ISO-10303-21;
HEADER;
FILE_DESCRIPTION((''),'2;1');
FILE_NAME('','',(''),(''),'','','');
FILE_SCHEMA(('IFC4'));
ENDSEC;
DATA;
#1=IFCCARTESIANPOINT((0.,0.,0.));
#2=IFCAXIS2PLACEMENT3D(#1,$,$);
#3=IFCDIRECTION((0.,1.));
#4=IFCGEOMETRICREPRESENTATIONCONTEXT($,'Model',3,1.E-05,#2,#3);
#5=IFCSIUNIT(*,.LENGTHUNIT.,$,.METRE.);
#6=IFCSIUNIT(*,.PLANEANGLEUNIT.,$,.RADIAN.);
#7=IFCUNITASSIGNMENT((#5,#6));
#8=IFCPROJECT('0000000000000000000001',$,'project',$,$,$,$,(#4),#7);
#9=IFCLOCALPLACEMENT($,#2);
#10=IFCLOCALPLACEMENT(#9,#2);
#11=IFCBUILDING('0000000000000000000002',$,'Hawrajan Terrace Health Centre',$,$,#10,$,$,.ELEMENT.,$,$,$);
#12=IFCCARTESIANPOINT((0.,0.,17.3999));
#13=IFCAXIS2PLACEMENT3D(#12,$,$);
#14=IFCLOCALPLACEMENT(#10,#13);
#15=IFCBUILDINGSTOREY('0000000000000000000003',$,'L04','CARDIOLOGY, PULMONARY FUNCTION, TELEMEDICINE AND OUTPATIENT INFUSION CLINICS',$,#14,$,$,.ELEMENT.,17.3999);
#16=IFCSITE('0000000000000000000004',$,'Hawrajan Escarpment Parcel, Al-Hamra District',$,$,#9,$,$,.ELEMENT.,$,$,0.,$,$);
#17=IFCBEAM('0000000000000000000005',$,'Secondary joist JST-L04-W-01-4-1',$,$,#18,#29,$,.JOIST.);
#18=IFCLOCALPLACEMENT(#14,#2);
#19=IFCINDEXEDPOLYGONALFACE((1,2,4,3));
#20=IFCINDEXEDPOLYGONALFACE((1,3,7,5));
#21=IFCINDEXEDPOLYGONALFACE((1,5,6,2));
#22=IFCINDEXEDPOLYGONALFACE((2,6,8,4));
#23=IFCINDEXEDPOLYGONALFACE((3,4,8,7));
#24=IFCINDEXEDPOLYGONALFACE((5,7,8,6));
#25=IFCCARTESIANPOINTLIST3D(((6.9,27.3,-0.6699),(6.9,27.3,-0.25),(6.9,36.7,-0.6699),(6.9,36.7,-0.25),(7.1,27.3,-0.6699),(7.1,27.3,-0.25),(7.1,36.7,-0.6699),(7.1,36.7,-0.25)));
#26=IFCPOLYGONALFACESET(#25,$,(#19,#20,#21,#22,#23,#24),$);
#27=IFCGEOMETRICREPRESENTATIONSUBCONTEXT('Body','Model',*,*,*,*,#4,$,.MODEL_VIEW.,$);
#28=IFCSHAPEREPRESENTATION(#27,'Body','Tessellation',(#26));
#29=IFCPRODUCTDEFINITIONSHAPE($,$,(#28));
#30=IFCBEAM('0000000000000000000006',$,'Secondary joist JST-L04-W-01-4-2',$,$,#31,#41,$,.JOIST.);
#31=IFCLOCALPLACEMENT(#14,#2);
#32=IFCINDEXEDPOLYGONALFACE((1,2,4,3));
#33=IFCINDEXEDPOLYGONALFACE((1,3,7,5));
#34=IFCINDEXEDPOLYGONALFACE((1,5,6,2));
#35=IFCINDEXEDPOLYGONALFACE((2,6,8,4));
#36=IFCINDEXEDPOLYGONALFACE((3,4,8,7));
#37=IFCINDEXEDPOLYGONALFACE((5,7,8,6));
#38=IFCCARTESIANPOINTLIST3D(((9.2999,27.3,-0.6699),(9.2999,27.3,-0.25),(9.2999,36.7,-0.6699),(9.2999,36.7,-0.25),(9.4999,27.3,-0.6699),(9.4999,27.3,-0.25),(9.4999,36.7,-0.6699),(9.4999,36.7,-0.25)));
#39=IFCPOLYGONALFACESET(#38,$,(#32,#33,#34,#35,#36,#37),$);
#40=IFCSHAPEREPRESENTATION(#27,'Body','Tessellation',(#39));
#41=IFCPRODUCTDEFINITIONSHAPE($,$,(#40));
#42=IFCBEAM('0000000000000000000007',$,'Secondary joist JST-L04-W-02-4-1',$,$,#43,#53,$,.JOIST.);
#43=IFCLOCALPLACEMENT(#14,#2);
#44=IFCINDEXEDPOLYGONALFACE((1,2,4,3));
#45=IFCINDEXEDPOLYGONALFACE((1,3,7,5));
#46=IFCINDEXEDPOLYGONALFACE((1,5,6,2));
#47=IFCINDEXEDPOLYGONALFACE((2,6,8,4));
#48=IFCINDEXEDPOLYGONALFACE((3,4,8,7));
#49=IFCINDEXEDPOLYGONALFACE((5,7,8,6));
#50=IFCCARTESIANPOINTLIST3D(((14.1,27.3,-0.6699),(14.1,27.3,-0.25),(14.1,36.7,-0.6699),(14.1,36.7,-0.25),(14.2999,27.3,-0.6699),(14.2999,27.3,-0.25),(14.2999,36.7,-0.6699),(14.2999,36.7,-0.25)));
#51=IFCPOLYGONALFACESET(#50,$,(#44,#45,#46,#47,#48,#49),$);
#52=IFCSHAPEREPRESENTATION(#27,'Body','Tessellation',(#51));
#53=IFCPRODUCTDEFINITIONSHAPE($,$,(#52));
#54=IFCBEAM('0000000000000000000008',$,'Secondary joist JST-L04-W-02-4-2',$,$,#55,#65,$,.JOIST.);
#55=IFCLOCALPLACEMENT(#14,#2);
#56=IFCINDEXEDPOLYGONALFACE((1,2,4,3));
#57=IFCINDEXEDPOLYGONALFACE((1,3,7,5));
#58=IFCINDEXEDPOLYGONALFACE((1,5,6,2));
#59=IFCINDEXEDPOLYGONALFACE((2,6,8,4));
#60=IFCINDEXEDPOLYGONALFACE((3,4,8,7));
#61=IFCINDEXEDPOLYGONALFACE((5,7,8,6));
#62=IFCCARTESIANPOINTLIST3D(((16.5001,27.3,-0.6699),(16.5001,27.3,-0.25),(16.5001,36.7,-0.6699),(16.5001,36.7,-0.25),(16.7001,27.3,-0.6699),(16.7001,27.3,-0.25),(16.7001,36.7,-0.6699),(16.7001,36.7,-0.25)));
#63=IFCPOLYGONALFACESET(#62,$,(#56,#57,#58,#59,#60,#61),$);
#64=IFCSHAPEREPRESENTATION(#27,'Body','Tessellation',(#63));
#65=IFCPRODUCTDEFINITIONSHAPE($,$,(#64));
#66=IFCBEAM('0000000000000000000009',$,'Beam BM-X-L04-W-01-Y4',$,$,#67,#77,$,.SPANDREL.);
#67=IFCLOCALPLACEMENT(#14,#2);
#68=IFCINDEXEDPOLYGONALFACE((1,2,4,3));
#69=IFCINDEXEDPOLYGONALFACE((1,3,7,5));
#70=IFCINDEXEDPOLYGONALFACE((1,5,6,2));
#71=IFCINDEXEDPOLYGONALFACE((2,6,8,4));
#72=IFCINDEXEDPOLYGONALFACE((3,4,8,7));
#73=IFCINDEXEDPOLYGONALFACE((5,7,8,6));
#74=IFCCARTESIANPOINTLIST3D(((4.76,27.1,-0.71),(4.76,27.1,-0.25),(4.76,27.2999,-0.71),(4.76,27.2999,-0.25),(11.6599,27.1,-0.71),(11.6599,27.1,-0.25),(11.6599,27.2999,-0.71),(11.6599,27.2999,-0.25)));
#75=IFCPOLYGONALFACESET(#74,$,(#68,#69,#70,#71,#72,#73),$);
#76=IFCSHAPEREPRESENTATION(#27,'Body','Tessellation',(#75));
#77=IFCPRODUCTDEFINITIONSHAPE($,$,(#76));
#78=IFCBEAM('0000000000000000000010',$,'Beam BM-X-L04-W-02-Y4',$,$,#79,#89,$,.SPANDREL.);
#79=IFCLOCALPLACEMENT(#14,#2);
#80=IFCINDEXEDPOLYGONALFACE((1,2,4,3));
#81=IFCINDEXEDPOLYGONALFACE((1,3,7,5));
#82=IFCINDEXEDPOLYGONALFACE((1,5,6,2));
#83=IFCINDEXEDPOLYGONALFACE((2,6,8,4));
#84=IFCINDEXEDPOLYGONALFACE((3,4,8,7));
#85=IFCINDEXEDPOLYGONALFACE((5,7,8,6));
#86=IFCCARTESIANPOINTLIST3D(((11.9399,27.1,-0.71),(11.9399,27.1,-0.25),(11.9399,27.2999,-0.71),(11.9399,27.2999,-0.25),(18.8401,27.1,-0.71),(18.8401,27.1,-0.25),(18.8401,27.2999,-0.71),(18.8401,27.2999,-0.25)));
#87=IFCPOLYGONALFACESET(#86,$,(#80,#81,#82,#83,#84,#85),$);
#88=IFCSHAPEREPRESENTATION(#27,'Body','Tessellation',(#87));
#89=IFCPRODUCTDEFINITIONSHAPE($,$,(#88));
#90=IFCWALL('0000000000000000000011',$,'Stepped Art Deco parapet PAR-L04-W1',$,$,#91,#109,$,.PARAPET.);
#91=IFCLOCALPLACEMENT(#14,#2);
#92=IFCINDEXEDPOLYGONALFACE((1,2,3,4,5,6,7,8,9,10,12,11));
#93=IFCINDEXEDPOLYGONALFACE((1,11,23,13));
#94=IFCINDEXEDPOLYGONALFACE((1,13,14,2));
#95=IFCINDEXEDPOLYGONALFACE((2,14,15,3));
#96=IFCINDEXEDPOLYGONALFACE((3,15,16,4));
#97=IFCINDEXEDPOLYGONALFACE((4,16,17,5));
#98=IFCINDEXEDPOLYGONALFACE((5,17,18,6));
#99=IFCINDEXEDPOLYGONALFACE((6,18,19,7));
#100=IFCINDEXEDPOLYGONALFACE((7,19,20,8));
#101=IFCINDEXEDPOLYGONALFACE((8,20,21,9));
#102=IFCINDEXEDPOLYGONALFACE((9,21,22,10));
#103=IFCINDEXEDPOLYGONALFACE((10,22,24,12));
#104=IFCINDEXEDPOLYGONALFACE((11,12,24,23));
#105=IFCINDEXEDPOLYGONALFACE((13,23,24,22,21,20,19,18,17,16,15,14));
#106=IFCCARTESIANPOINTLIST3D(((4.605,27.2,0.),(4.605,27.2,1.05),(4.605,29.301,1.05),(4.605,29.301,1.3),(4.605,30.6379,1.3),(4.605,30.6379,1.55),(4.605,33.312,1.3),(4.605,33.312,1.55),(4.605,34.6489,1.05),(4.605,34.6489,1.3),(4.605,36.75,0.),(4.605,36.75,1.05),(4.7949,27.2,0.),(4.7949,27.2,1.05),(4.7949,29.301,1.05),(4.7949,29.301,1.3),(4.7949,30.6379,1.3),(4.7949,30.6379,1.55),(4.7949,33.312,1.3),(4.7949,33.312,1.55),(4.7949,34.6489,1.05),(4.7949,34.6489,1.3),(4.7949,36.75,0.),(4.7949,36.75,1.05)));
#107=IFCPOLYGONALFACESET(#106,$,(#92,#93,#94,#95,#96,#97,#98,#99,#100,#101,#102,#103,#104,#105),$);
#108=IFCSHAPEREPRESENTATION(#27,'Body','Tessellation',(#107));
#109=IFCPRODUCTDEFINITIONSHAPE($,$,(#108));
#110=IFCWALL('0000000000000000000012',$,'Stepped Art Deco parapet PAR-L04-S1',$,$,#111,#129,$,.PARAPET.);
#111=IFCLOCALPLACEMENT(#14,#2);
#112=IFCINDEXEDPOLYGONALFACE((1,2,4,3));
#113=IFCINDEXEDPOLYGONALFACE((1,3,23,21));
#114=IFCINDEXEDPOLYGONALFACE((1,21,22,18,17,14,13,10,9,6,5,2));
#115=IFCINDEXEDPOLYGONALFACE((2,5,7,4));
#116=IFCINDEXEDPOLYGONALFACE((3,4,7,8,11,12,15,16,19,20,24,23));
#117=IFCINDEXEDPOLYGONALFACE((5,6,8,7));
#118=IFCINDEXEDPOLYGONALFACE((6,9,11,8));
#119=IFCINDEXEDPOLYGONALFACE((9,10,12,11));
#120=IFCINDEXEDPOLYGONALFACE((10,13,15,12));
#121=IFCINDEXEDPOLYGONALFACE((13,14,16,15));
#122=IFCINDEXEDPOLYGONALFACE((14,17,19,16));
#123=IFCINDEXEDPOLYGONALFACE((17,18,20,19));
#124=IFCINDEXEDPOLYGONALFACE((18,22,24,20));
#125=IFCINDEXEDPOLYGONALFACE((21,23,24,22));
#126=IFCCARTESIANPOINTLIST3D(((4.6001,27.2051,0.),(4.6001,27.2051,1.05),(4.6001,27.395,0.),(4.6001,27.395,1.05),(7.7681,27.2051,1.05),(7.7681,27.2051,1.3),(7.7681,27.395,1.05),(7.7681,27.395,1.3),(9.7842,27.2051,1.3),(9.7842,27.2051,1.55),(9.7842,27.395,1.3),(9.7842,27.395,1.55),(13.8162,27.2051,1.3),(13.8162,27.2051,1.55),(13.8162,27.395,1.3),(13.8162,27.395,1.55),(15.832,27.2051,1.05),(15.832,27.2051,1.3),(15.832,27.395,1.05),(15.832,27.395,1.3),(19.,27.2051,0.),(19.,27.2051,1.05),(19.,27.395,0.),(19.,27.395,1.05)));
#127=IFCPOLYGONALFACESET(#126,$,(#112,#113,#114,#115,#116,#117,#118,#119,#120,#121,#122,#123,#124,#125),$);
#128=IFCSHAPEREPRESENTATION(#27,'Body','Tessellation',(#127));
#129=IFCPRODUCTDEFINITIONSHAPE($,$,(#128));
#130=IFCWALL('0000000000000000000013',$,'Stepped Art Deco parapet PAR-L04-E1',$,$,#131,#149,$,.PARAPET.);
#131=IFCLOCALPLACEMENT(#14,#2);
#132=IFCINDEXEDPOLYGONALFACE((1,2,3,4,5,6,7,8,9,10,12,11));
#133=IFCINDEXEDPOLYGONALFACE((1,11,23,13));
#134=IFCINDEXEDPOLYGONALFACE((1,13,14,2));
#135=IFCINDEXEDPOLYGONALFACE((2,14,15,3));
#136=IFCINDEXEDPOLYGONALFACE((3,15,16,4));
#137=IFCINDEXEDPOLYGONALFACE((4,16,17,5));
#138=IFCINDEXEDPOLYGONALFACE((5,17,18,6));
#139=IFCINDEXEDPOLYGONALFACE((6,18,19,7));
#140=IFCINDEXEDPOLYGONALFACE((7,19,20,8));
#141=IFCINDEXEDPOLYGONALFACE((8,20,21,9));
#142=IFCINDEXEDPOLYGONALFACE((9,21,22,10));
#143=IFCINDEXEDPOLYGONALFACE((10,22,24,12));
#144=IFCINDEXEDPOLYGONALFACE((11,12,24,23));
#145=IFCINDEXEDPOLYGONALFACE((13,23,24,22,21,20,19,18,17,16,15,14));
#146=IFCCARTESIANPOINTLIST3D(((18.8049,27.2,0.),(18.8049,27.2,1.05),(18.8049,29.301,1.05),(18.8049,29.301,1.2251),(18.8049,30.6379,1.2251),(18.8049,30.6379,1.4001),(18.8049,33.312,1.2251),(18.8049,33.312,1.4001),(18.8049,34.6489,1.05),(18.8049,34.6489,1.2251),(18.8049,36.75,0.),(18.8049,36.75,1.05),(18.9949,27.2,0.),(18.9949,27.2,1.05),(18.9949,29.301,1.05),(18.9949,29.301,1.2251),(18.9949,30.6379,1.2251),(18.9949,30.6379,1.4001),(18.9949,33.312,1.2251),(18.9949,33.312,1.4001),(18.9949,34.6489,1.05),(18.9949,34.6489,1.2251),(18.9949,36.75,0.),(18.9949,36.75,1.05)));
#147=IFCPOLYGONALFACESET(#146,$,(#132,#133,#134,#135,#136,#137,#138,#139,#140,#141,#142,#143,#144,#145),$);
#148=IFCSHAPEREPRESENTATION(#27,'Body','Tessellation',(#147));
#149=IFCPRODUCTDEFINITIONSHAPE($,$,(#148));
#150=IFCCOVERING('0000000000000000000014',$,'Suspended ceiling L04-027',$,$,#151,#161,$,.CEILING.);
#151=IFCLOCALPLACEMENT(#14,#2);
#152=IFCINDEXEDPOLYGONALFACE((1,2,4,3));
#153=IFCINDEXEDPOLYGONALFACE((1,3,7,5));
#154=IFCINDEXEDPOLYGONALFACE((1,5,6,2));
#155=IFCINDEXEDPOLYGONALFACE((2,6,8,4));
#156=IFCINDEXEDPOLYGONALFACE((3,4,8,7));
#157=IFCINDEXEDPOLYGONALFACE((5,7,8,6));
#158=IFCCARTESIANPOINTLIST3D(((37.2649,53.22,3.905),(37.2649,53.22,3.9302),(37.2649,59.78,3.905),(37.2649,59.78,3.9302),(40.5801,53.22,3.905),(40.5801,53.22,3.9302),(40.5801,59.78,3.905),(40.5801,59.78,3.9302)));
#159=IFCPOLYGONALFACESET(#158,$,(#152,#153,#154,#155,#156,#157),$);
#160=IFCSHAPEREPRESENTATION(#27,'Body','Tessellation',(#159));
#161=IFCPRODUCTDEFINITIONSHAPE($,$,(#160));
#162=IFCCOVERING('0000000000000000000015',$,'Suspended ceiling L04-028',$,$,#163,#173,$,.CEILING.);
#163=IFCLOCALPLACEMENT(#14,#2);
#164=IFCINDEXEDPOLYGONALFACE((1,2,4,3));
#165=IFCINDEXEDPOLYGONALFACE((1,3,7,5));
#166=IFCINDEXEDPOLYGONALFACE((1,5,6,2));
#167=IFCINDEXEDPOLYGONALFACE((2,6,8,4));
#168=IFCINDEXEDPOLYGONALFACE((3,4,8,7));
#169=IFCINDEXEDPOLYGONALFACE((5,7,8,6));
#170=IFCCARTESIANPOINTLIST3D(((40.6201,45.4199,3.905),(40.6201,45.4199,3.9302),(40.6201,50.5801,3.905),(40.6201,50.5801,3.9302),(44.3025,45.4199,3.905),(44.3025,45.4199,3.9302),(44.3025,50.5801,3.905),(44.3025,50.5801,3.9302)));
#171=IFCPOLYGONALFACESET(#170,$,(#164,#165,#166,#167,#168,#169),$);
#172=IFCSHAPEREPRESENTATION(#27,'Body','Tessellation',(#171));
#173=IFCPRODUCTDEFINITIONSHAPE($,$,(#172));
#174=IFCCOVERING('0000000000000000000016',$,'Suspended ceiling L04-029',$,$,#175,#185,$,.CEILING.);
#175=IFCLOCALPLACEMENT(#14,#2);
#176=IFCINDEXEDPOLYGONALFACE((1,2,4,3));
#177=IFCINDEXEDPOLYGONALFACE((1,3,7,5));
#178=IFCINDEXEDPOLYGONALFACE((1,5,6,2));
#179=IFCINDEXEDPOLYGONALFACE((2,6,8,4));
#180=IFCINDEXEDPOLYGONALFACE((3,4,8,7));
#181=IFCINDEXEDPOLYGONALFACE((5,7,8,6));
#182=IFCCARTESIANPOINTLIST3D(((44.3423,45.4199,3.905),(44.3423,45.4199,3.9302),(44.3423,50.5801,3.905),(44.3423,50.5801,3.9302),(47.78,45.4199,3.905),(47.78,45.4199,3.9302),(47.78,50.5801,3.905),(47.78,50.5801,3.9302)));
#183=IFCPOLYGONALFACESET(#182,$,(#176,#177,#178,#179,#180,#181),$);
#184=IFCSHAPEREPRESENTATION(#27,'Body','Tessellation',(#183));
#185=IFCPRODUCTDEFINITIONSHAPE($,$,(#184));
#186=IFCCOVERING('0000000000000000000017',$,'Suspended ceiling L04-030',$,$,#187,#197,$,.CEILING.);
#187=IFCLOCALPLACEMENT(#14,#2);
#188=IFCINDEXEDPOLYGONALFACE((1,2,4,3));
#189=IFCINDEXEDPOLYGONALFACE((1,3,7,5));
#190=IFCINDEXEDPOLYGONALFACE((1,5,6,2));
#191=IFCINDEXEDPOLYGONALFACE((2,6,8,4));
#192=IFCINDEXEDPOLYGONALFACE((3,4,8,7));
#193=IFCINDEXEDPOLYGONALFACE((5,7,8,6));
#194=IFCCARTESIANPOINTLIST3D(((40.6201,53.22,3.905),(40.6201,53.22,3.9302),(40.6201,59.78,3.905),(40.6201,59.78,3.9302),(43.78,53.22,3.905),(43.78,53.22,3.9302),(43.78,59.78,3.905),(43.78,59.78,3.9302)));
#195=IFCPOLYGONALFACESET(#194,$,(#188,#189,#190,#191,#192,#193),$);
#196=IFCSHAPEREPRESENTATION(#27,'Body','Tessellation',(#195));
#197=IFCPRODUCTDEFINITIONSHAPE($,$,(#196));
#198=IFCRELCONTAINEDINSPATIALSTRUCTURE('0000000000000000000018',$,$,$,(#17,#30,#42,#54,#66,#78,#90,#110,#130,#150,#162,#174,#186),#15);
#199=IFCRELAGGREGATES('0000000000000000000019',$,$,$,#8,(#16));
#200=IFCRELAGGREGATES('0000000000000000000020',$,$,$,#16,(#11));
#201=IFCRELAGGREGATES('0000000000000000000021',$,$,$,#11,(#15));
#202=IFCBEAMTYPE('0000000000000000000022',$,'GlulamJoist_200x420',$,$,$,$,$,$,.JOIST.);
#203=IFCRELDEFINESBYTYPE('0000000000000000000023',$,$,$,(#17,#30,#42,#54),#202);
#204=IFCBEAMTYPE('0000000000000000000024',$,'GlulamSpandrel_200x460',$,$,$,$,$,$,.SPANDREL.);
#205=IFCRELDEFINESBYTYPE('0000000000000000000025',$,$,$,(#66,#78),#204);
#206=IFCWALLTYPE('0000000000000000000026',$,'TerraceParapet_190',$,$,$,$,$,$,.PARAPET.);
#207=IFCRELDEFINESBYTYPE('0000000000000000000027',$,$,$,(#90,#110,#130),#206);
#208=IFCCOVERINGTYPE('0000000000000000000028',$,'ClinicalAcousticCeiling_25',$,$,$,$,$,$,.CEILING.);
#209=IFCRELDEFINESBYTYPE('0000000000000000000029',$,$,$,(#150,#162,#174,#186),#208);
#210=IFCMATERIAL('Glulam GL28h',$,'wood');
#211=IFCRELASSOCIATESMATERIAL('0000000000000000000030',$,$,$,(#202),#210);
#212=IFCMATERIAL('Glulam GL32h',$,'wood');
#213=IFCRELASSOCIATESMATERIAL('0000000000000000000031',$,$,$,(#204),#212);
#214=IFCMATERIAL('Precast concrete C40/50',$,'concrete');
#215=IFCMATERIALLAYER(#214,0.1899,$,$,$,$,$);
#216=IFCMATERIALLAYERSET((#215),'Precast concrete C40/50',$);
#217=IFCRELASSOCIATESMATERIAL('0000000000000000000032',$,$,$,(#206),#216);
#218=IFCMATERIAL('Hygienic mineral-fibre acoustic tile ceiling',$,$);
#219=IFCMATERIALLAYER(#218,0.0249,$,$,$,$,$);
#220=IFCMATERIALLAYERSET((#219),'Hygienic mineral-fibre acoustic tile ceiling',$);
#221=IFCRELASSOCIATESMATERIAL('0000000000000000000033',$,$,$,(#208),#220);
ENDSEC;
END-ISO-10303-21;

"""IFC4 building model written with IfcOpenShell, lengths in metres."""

from ifc_helpers import new_model, si_unit, direction, frame, origin, origin_2d, place, context, subcontext, project, spatial, polyline, rectangle, outline, extrude, material, layer, layer_set, material_profile, profile_set, type_object, element, save


model = new_model("IFC4")

# Units and contexts
model_context = context("Model", 3, precision=1e-05, world=origin(), true_north=direction((0.0, 1.0)))
body_context = subcontext(model_context, "Body", "Model", "MODEL_VIEW")
ifc_project = project(units=[si_unit("LENGTHUNIT", "METRE"), si_unit("PLANEANGLEUNIT", "RADIAN")], contexts=[model_context])

# Site, building, storey
site_placement = place(None, origin())
site = spatial("IfcSite", under=ifc_project, at=site_placement, Name="Hawrajan Escarpment Parcel, Al-Hamra District", CompositionType="ELEMENT", RefElevation=0.0)
building_placement = place(site_placement, origin())
building = spatial("IfcBuilding", under=site, at=building_placement, Name="Hawrajan Terrace Health Centre", CompositionType="ELEMENT")
storey_placement = place(building_placement, frame((0.0, 0.0, 17.3999)))
storey = spatial("IfcBuildingStorey", under=building, at=storey_placement, Name="L04", Description="CARDIOLOGY, PULMONARY FUNCTION, TELEMEDICINE AND OUTPATIENT INFUSION CLINICS", CompositionType="ELEMENT", Elevation=17.3999)

# Beams
ifc_material_1 = material(Name="Glulam GL28h", Category="wood")
ifc_material_profile_1 = material_profile(ifc_material_1, rectangle(XDim=0.2, YDim=0.4199, at=origin_2d()), Name="GL JST 200x420")
ifc_profile_set_1 = profile_set([ifc_material_profile_1], Name="Glulam GL28h")
beam_type_1 = type_object("IfcBeamType", Name="GlulamJoist_200x420", PredefinedType="JOIST", material=ifc_profile_set_1)
for number, where, z_axis, x_axis, name in (
    (1, (7.0, 27.3, -0.46), (0.0, 1.0, 0.0), (-1.0, 0.0, 0.0), "Secondary joist JST-L04-W-01-4-1"),
    (2, (9.3999, 27.3, -0.46), (0.0, 1.0, 0.0), (-1.0, 0.0, 0.0), "Secondary joist JST-L04-W-01-4-2"),
    (3, (14.2, 27.3, -0.46), (0.0, 1.0, 0.0), (-1.0, 0.0, 0.0), "Secondary joist JST-L04-W-02-4-1"),
    (4, (16.6001, 27.3, -0.46), (0.0, 1.0, 0.0), (-1.0, 0.0, 0.0), "Secondary joist JST-L04-W-02-4-2"),
):
    element("IfcBeam", number, at=place(storey_placement, frame(where, z_axis=z_axis, x_axis=x_axis)), inside=storey, type_object=beam_type_1, Name=name, PredefinedType="JOIST", context=body_context, shape_type="SweptSolid", body=[
        extrude(rectangle(XDim=0.2, YDim=0.4199, at=origin_2d()), origin(), (0.0, 0.0, 1.0), 9.3999),
    ])
ifc_material_2 = material(Name="Glulam GL32h", Category="wood")
ifc_material_profile_2 = material_profile(ifc_material_2, rectangle(XDim=0.2, YDim=0.46, at=origin_2d()), Name="GL SP 200x460")
ifc_profile_set_2 = profile_set([ifc_material_profile_2], Name="Glulam GL32h")
beam_type_2 = type_object("IfcBeamType", Name="GlulamSpandrel_200x460", PredefinedType="SPANDREL", material=ifc_profile_set_2)
beam_1_placement = place(storey_placement, frame((4.76, 27.2, -0.48), z_axis=(1.0, 0.0, 0.0), x_axis=(0.0, 1.0, 0.0)))
element("IfcBeam", 5, at=beam_1_placement, inside=storey, type_object=beam_type_2, Name="Beam BM-X-L04-W-01-Y4", PredefinedType="SPANDREL", context=body_context, shape_type="SweptSolid", body=[
    extrude(rectangle(XDim=0.2, YDim=0.46, at=origin_2d()), origin(), (0.0, 0.0, 1.0), 6.8999),
])
beam_2_placement = place(storey_placement, frame((11.9399, 27.2, -0.48), z_axis=(1.0, 0.0, 0.0), x_axis=(0.0, 1.0, 0.0)))
element("IfcBeam", 6, at=beam_2_placement, inside=storey, type_object=beam_type_2, Name="Beam BM-X-L04-W-02-Y4", PredefinedType="SPANDREL", context=body_context, shape_type="SweptSolid", body=[
    extrude(rectangle(XDim=0.2, YDim=0.46, at=origin_2d()), origin(), (0.0, 0.0, 1.0), 6.9001),
])

# Walls
ifc_material_3 = material(Name="Precast concrete C40/50", Category="concrete")
ifc_layer_1 = layer(ifc_material_3, 0.1899)
ifc_layer_set_1 = layer_set([ifc_layer_1], Name="Precast concrete C40/50")
wall_type = type_object("IfcWallType", Name="TerraceParapet_190", PredefinedType="PARAPET", material=ifc_layer_set_1)
wall_1_placement = place(storey_placement, frame((4.7, 27.2, 0.0), z_axis=(0.0, 0.0, 1.0), x_axis=(0.0, 1.0, 0.0)))
element("IfcWall", 7, at=wall_1_placement, inside=storey, type_object=wall_type, Name="Stepped Art Deco parapet PAR-L04-W1", PredefinedType="PARAPET", context=body_context, shape_type="SweptSolid", body=[
    extrude(outline(polyline([(0.0, 0.0), (9.55, 0.0), (9.55, 1.05), (7.449, 1.3), (7.449, 1.05), (6.1121, 1.55), (6.1121, 1.3), (3.438, 1.55), (3.438, 1.3), (2.1011, 1.3), (2.1011, 1.05), (0.0, 1.05), (0.0, 0.0)])), frame((0.0, 0.095, 0.0), z_axis=(0.0, -1.0, 0.0), x_axis=(1.0, 0.0, 0.0)), (0.0, 0.0, 1.0), 0.1899),
])
wall_2_placement = place(storey_placement, frame((4.6001, 27.3, 0.0), z_axis=(0.0, 0.0, 1.0), x_axis=(1.0, 0.0, 0.0)))
element("IfcWall", 8, at=wall_2_placement, inside=storey, type_object=wall_type, Name="Stepped Art Deco parapet PAR-L04-S1", PredefinedType="PARAPET", context=body_context, shape_type="SweptSolid", body=[
    extrude(outline(polyline([(0.0, 0.0), (14.3999, 0.0), (14.3999, 1.05), (11.2319, 1.3), (11.2319, 1.05), (9.2161, 1.55), (9.2161, 1.3), (5.1841, 1.55), (5.1841, 1.3), (3.168, 1.3), (3.168, 1.05), (0.0, 1.05), (0.0, 0.0)])), frame((0.0, 0.095, 0.0), z_axis=(0.0, -1.0, 0.0), x_axis=(1.0, 0.0, 0.0)), (0.0, 0.0, 1.0), 0.1899),
])
wall_3_placement = place(storey_placement, frame((18.8999, 27.2, 0.0), z_axis=(0.0, 0.0, 1.0), x_axis=(0.0, 1.0, 0.0)))
element("IfcWall", 9, at=wall_3_placement, inside=storey, type_object=wall_type, Name="Stepped Art Deco parapet PAR-L04-E1", PredefinedType="PARAPET", context=body_context, shape_type="SweptSolid", body=[
    extrude(outline(polyline([(0.0, 0.0), (9.55, 0.0), (9.55, 1.05), (7.449, 1.2251), (7.449, 1.05), (6.1121, 1.4001), (6.1121, 1.2251), (3.438, 1.4001), (3.438, 1.2251), (2.1011, 1.2251), (2.1011, 1.05), (0.0, 1.05), (0.0, 0.0)])), frame((0.0, 0.095, 0.0), z_axis=(0.0, -1.0, 0.0), x_axis=(1.0, 0.0, 0.0)), (0.0, 0.0, 1.0), 0.1899),
])

# Coverings
ifc_material_4 = material(Name="Hygienic mineral-fibre acoustic tile ceiling")
ifc_layer_2 = layer(ifc_material_4, 0.0249)
ifc_layer_set_2 = layer_set([ifc_layer_2], Name="Hygienic mineral-fibre acoustic tile ceiling")
covering_type_1 = type_object("IfcCoveringType", Name="ClinicalAcousticCeiling_25", PredefinedType="CEILING", material=ifc_layer_set_2)
covering_1_placement = place(storey_placement, frame((0.0, 0.0, 3.905)))
element("IfcCovering", 10, at=covering_1_placement, inside=storey, type_object=covering_type_1, Name="Suspended ceiling L04-027", PredefinedType="CEILING", context=body_context, shape_type="SweptSolid", body=[
    extrude(outline(polyline([(37.2649, 59.78), (40.5801, 59.78), (40.5801, 53.22), (37.2649, 53.22), (37.2649, 59.78)])), origin(), (0.0, 0.0, 1.0), 0.0251),
])
covering_2_placement = place(storey_placement, frame((0.0, 0.0, 3.905)))
element("IfcCovering", 11, at=covering_2_placement, inside=storey, type_object=covering_type_1, Name="Suspended ceiling L04-028", PredefinedType="CEILING", context=body_context, shape_type="SweptSolid", body=[
    extrude(outline(polyline([(40.6201, 50.5801), (44.3025, 50.5801), (44.3025, 45.4199), (40.6201, 45.4199), (40.6201, 50.5801)])), origin(), (0.0, 0.0, 1.0), 0.0251),
])
covering_3_placement = place(storey_placement, frame((0.0, 0.0, 3.905)))
element("IfcCovering", 12, at=covering_3_placement, inside=storey, type_object=covering_type_1, Name="Suspended ceiling L04-029", PredefinedType="CEILING", context=body_context, shape_type="SweptSolid", body=[
    extrude(outline(polyline([(44.3423, 50.5801), (47.78, 50.5801), (47.78, 45.4199), (44.3423, 45.4199), (44.3423, 50.5801)])), origin(), (0.0, 0.0, 1.0), 0.0251),
])
covering_4_placement = place(storey_placement, frame((0.0, 0.0, 3.905)))
element("IfcCovering", 13, at=covering_4_placement, inside=storey, type_object=covering_type_1, Name="Suspended ceiling L04-030", PredefinedType="CEILING", context=body_context, shape_type="SweptSolid", body=[
    extrude(outline(polyline([(40.6201, 59.78), (43.78, 59.78), (43.78, 53.22), (40.6201, 53.22), (40.6201, 59.78)])), origin(), (0.0, 0.0, 1.0), 0.0251),
])

save(model, "model.ifc")
